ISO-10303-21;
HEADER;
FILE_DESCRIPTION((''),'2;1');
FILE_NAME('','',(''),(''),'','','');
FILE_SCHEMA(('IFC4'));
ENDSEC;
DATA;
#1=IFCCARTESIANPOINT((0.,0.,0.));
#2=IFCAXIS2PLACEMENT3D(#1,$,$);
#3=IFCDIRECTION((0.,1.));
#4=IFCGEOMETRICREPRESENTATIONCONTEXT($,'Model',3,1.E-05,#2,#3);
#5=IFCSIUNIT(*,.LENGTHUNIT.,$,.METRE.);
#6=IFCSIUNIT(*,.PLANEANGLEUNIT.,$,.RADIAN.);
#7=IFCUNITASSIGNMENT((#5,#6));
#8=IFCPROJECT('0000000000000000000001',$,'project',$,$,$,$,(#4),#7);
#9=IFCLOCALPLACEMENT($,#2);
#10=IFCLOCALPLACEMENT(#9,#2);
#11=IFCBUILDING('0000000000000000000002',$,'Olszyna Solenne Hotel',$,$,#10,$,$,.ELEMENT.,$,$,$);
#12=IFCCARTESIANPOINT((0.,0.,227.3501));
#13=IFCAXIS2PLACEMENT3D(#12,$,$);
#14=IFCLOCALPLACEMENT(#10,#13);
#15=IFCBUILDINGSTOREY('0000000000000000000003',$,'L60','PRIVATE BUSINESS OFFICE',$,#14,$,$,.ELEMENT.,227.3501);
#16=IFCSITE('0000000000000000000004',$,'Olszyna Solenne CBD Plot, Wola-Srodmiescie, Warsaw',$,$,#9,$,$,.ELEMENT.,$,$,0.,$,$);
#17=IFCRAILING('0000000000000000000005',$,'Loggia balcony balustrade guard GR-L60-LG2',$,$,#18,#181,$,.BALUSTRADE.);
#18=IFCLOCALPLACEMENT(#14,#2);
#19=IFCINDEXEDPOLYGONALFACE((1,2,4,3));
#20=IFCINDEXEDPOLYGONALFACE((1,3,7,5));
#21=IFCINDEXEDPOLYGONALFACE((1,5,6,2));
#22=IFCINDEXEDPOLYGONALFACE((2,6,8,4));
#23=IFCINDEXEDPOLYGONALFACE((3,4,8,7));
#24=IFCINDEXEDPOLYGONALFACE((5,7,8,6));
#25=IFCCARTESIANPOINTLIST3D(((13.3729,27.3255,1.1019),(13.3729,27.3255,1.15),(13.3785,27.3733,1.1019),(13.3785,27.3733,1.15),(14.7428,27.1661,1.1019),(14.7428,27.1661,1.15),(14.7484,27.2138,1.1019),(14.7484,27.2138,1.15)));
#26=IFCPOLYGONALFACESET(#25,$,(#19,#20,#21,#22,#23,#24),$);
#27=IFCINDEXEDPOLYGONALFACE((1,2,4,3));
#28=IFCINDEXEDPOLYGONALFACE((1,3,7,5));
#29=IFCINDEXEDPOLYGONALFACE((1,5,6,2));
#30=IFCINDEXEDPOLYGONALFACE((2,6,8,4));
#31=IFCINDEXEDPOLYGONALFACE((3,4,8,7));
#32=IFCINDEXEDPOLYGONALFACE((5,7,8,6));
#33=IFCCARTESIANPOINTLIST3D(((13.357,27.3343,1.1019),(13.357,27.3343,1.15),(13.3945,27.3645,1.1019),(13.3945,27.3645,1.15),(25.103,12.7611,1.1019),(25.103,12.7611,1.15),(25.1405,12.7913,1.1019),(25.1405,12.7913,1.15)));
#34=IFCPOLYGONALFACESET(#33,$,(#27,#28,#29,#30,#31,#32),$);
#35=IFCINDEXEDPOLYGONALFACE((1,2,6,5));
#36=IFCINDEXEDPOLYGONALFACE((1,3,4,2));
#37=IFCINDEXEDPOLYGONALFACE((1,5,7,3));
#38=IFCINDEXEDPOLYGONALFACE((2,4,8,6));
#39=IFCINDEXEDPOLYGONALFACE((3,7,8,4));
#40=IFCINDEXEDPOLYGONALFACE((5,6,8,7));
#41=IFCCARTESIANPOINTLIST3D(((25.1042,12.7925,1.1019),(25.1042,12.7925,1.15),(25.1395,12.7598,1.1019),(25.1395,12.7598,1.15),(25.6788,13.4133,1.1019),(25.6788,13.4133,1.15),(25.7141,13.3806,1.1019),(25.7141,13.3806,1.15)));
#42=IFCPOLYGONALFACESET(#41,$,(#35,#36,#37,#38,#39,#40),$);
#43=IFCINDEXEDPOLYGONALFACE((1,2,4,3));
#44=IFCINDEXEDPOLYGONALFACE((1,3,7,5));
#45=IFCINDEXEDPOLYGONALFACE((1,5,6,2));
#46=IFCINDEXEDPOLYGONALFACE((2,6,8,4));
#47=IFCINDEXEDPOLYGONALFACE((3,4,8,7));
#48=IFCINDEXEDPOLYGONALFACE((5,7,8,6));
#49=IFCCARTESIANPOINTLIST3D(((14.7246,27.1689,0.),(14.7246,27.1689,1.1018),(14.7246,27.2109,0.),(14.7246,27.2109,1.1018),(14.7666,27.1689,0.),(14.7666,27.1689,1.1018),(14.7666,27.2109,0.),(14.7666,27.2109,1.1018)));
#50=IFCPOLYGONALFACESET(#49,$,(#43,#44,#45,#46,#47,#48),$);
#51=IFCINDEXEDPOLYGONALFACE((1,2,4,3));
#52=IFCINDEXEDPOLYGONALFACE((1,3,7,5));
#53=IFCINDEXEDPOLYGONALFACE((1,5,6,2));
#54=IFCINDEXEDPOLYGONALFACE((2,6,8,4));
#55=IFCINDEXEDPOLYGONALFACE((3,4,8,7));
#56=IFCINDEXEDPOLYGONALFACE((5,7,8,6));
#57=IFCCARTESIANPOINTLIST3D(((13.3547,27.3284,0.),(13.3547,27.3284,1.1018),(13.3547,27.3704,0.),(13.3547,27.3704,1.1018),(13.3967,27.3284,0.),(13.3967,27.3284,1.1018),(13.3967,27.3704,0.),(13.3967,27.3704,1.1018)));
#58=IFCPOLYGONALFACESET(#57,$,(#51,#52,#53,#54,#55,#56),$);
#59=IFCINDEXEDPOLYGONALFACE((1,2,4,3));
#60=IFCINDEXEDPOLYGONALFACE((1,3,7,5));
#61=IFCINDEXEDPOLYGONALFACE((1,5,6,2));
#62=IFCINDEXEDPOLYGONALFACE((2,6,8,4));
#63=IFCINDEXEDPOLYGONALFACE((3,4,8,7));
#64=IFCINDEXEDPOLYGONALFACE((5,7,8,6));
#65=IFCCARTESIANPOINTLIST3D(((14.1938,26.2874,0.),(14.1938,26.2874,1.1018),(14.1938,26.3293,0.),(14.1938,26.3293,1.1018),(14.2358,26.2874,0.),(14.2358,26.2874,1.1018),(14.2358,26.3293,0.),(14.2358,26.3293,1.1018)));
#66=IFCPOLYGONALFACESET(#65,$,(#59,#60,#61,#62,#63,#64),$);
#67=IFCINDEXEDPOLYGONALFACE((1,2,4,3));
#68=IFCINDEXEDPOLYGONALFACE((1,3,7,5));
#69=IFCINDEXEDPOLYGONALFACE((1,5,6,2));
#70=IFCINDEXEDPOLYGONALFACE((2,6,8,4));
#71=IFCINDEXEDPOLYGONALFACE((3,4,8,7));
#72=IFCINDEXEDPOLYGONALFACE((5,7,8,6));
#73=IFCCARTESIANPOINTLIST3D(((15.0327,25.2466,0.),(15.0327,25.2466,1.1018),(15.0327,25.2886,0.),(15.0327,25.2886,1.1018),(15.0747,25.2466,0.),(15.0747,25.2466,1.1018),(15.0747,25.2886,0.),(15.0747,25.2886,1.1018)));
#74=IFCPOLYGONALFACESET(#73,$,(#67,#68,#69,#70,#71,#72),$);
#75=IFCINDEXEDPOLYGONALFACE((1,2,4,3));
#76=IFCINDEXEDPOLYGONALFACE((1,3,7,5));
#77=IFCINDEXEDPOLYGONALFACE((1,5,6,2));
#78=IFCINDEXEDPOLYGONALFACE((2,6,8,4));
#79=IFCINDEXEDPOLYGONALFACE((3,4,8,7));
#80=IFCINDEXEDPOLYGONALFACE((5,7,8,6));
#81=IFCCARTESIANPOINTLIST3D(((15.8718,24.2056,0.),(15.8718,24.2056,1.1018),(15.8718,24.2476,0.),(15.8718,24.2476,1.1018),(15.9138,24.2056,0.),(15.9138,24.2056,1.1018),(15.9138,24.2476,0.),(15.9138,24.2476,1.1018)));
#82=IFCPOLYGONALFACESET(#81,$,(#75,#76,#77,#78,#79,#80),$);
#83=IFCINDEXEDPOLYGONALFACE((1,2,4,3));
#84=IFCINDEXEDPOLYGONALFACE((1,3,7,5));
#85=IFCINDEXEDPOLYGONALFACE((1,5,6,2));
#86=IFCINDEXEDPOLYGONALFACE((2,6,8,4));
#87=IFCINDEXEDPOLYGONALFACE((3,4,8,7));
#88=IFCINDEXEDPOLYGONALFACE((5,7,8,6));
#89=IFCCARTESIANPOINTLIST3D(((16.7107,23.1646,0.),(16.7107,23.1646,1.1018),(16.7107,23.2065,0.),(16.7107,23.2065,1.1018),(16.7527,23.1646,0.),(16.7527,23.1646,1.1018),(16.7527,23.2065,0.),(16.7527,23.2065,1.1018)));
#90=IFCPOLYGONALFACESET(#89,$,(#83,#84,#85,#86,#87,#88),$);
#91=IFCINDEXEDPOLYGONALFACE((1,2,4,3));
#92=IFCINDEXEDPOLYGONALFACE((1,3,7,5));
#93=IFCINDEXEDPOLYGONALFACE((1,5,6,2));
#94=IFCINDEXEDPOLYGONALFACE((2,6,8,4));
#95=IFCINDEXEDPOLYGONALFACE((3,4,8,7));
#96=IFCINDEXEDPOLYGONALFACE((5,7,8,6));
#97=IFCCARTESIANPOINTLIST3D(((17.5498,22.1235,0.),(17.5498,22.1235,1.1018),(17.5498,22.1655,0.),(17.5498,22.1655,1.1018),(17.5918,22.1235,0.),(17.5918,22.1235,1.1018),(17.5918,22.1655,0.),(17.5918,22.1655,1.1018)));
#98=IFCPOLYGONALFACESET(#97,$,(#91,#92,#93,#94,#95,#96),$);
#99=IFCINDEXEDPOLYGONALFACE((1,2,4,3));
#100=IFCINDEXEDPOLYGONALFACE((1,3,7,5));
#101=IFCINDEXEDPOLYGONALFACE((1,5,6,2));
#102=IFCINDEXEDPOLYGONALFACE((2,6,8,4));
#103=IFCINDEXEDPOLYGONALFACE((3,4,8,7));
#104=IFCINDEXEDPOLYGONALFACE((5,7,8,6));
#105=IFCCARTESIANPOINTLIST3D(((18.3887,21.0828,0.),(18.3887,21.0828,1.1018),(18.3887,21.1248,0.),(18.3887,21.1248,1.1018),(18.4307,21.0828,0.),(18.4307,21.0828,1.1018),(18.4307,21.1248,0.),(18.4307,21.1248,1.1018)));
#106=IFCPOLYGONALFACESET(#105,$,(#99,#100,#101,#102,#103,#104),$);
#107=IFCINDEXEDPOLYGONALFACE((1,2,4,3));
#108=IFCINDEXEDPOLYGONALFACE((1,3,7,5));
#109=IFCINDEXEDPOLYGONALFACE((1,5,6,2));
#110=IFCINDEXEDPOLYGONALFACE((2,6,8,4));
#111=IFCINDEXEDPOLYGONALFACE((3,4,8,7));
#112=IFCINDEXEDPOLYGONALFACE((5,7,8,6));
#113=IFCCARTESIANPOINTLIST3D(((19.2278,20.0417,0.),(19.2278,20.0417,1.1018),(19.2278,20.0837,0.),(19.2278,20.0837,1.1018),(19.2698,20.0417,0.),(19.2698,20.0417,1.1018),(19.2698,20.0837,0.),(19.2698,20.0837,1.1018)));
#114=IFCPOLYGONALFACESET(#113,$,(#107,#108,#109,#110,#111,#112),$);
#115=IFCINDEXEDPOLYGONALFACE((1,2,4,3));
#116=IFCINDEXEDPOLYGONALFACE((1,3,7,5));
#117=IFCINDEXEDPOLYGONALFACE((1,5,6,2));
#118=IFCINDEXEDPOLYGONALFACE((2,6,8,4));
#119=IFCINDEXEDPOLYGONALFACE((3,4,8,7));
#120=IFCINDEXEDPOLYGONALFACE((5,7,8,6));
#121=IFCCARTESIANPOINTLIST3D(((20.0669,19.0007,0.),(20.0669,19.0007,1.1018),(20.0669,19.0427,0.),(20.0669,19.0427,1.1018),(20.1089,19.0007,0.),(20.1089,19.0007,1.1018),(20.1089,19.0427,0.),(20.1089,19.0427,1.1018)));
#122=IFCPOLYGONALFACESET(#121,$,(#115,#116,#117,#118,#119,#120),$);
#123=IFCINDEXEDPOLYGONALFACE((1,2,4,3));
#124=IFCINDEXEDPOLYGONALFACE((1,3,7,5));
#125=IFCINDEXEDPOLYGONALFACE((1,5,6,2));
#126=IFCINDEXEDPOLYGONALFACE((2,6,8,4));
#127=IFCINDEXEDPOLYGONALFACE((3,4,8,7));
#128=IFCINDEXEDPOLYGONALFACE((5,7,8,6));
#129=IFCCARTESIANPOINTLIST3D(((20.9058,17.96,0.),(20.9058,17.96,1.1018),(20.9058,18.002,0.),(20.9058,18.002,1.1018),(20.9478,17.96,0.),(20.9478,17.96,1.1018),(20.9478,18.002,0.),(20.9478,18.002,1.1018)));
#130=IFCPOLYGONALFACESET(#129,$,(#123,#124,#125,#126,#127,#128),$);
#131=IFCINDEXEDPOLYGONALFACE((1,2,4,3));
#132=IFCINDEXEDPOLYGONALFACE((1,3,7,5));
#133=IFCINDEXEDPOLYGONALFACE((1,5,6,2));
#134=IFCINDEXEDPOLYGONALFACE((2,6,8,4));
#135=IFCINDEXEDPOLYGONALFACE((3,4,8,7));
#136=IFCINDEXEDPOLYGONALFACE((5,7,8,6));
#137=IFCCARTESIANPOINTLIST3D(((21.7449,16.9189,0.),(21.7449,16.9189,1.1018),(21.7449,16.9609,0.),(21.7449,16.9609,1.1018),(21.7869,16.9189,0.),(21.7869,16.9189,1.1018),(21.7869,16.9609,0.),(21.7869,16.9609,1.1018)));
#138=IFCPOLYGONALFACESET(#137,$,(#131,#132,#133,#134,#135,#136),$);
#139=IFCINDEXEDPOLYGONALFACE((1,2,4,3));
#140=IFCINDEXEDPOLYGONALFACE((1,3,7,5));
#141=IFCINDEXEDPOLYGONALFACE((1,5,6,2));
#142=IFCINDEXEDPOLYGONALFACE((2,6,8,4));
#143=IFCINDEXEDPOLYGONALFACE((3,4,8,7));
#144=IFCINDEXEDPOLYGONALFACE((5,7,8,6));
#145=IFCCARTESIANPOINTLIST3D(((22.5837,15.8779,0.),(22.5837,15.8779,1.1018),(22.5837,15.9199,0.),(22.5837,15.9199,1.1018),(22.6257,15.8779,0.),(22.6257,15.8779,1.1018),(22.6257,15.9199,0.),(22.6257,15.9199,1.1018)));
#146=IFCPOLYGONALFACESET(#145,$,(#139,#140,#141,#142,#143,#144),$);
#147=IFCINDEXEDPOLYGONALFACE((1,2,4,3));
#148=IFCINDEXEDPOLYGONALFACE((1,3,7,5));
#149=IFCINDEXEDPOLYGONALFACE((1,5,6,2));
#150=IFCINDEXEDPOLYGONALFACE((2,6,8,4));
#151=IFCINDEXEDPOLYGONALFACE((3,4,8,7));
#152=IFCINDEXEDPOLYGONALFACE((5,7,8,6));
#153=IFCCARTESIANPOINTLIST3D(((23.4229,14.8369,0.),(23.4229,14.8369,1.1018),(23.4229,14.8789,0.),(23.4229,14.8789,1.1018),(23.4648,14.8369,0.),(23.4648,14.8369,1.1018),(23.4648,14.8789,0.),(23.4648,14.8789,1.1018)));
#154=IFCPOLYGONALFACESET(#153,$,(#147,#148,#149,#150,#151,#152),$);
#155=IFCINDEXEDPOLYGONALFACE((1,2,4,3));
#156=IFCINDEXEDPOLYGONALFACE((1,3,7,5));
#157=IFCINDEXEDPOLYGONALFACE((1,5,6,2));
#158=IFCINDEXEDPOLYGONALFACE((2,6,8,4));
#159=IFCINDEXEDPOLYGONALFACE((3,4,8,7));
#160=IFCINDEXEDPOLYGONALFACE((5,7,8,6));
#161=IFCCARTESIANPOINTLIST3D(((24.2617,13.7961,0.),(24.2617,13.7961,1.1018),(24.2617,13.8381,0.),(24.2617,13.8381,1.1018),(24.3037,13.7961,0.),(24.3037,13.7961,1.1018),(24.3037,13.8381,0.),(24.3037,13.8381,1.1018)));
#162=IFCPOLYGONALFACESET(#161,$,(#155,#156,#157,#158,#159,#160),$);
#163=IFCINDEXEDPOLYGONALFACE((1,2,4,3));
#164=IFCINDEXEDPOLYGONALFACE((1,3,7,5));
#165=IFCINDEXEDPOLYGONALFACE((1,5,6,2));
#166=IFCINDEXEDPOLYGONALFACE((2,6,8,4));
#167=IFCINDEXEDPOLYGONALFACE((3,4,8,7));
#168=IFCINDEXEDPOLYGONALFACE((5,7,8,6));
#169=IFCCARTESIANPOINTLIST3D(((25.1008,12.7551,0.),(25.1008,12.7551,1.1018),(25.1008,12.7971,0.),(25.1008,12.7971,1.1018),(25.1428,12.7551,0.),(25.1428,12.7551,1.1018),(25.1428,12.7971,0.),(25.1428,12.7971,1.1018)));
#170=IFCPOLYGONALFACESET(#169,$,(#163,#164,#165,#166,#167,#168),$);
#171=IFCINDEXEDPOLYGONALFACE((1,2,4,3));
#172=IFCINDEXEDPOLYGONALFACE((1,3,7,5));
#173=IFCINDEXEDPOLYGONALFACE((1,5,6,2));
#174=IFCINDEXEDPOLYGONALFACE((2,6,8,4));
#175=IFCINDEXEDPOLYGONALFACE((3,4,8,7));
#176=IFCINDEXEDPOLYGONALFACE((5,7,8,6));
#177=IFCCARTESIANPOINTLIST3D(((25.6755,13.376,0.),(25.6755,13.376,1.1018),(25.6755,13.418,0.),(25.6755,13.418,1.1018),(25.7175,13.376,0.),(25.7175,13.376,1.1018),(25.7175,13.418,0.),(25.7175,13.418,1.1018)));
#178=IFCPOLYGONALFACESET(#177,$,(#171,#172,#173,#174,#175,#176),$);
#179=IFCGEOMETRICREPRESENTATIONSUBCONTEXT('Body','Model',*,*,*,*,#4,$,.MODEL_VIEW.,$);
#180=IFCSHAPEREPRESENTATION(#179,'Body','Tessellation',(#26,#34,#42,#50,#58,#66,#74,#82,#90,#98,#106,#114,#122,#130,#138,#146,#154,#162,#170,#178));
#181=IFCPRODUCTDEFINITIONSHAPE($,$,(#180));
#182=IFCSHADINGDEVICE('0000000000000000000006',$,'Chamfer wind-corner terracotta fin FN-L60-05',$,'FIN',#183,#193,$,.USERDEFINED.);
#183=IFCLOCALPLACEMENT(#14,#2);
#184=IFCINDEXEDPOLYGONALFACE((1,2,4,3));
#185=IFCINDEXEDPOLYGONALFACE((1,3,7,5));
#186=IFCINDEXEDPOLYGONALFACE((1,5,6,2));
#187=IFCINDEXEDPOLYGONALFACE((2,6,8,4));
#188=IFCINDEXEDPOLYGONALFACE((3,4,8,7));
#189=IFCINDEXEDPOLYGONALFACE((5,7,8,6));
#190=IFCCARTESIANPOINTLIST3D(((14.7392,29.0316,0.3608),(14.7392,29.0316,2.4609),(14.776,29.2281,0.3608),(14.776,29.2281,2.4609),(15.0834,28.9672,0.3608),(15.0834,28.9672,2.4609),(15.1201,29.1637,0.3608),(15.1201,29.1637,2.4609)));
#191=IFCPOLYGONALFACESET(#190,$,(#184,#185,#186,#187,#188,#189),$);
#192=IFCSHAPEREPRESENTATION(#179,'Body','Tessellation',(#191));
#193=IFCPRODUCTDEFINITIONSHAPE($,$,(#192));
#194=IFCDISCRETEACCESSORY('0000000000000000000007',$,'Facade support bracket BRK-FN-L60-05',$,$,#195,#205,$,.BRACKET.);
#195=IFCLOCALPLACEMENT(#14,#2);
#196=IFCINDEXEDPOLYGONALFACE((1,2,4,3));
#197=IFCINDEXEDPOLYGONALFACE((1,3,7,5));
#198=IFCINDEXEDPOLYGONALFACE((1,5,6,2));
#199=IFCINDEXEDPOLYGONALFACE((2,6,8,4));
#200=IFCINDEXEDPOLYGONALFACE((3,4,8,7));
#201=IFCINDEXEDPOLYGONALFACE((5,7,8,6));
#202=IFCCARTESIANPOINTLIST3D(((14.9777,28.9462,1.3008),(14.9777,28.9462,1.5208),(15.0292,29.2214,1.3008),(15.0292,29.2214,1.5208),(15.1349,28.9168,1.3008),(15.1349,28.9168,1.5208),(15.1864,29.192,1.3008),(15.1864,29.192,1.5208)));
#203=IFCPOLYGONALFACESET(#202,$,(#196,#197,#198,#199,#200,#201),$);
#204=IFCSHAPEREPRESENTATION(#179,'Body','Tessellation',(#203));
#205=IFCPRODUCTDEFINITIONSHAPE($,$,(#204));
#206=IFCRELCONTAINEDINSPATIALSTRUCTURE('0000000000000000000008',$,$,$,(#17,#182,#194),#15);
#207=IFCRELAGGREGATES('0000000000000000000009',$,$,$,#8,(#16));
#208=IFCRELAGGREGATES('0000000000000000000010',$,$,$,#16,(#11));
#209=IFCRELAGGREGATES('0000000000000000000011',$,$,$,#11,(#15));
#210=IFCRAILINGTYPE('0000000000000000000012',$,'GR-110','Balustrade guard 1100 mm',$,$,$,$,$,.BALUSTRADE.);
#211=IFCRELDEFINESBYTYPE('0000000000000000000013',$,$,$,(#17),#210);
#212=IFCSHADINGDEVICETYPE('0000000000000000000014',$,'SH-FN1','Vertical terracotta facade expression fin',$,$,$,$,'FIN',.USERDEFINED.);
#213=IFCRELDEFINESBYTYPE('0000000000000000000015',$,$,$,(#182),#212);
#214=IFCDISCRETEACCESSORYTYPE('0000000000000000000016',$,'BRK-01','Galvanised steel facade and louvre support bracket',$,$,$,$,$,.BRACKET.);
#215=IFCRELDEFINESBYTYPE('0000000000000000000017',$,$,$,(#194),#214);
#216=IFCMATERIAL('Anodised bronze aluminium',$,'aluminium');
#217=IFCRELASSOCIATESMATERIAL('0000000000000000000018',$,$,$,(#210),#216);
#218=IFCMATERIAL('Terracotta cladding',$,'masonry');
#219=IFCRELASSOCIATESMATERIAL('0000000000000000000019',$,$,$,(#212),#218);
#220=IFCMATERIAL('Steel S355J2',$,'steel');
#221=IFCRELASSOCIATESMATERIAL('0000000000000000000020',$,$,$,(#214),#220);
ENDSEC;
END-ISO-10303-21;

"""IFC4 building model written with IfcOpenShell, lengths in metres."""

from ifc_helpers import new_model, si_unit, direction, frame, origin, origin_2d, place, context, subcontext, project, spatial, rectangle, extrude, source, transform, mapped, material, type_object, element, save


model = new_model("IFC4")

# Units and contexts
model_context = context("Model", 3, precision=1e-05, world=origin(), true_north=direction((0.0, 1.0)))
body_context = subcontext(model_context, "Body", "Model", "MODEL_VIEW")
ifc_project = project(units=[si_unit("LENGTHUNIT", "METRE"), si_unit("PLANEANGLEUNIT", "RADIAN")], contexts=[model_context])

# Site, building, storey
site_placement = place(None, origin())
site = spatial("IfcSite", under=ifc_project, at=site_placement, Name="Olszyna Solenne CBD Plot, Wola-Srodmiescie, Warsaw", CompositionType="ELEMENT", RefElevation=0.0)
building_placement = place(site_placement, origin())
building = spatial("IfcBuilding", under=site, at=building_placement, Name="Olszyna Solenne Hotel", CompositionType="ELEMENT")
storey_placement = place(building_placement, frame((0.0, 0.0, 227.3501)))
storey = spatial("IfcBuildingStorey", under=building, at=storey_placement, Name="L60", Description="PRIVATE BUSINESS OFFICE", CompositionType="ELEMENT", Elevation=227.3501)

# Shared definitions
ifc_material_1 = material(Name="Steel S355J2", Category="steel")

# Railing
ifc_material_2 = material(Name="Anodised bronze aluminium", Category="aluminium")
railing_type = type_object("IfcRailingType", Name="GR-110", Description="Balustrade guard 1100 mm", PredefinedType="BALUSTRADE", material=ifc_material_2)
railing_placement = place(storey_placement, frame((14.7456, 27.1899, 0.0)))
element("IfcRailing", 1, at=railing_placement, inside=storey, type_object=railing_type, Name="Loggia balcony balustrade guard GR-L60-LG2", PredefinedType="BALUSTRADE", context=body_context, shape_type="SweptSolid", body=[
    extrude(rectangle(XDim=0.0481, YDim=0.0481, at=origin_2d()), frame((0.0, 0.0, 1.126), z_axis=(-0.993296, 0.115598, 0.0), x_axis=(-0.115598, -0.993296, 0.0)), (0.0, 0.0, 1.0), 1.3792),
    extrude(rectangle(XDim=0.0481, YDim=0.0481, at=origin_2d()), frame((-1.3699, 0.1594, 1.126), z_axis=(0.627541, -0.778583, 0.0), x_axis=(0.778583, 0.627541, 0.0)), (0.0, 0.0, 1.0), 18.7175),
    extrude(rectangle(XDim=0.0481, YDim=0.0481, at=origin_2d()), frame((10.3762, -14.4138, 1.126), z_axis=(0.67931, 0.733851, 0.0), x_axis=(-0.733851, 0.67931, 0.0)), (0.0, 0.0, 1.0), 0.8459),
    extrude(rectangle(XDim=0.042, YDim=0.042, at=origin_2d()), origin(), (0.0, 0.0, 1.0), 1.1018),
    extrude(rectangle(XDim=0.042, YDim=0.042, at=origin_2d()), frame((-1.3699, 0.1594, 0.0)), (0.0, 0.0, 1.0), 1.1018),
    extrude(rectangle(XDim=0.042, YDim=0.042, at=origin_2d()), frame((-0.5308, -0.8816, 0.0)), (0.0, 0.0, 1.0), 1.1018),
    extrude(rectangle(XDim=0.042, YDim=0.042, at=origin_2d()), frame((0.3081, -1.9224, 0.0)), (0.0, 0.0, 1.0), 1.1018),
    extrude(rectangle(XDim=0.042, YDim=0.042, at=origin_2d()), frame((1.1472, -2.9634, 0.0)), (0.0, 0.0, 1.0), 1.1018),
    extrude(rectangle(XDim=0.042, YDim=0.042, at=origin_2d()), frame((1.9861, -4.0044, 0.0)), (0.0, 0.0, 1.0), 1.1018),
    extrude(rectangle(XDim=0.042, YDim=0.042, at=origin_2d()), frame((2.8252, -5.0454, 0.0)), (0.0, 0.0, 1.0), 1.1018),
    extrude(rectangle(XDim=0.042, YDim=0.042, at=origin_2d()), frame((3.6641, -6.0862, 0.0)), (0.0, 0.0, 1.0), 1.1018),
    extrude(rectangle(XDim=0.042, YDim=0.042, at=origin_2d()), frame((4.5032, -7.1272, 0.0)), (0.0, 0.0, 1.0), 1.1018),
    extrude(rectangle(XDim=0.042, YDim=0.042, at=origin_2d()), frame((5.3423, -8.1682, 0.0)), (0.0, 0.0, 1.0), 1.1018),
    extrude(rectangle(XDim=0.042, YDim=0.042, at=origin_2d()), frame((6.1812, -9.209, 0.0)), (0.0, 0.0, 1.0), 1.1018),
    extrude(rectangle(XDim=0.042, YDim=0.042, at=origin_2d()), frame((7.0203, -10.25, 0.0)), (0.0, 0.0, 1.0), 1.1018),
    extrude(rectangle(XDim=0.042, YDim=0.042, at=origin_2d()), frame((7.8591, -11.291, 0.0)), (0.0, 0.0, 1.0), 1.1018),
    extrude(rectangle(XDim=0.042, YDim=0.042, at=origin_2d()), frame((8.6982, -12.332, 0.0)), (0.0, 0.0, 1.0), 1.1018),
    extrude(rectangle(XDim=0.042, YDim=0.042, at=origin_2d()), frame((9.5371, -13.3728, 0.0)), (0.0, 0.0, 1.0), 1.1018),
    extrude(rectangle(XDim=0.042, YDim=0.042, at=origin_2d()), frame((10.3762, -14.4138, 0.0)), (0.0, 0.0, 1.0), 1.1018),
    extrude(rectangle(XDim=0.042, YDim=0.042, at=origin_2d()), frame((10.9509, -13.793, 0.0)), (0.0, 0.0, 1.0), 1.1018),
])

# Shading device
ifc_material_3 = material(Name="Terracotta cladding", Category="masonry")
shading_device_type = type_object("IfcShadingDeviceType", Name="SH-FN1", Description="Vertical terracotta facade expression fin", ElementType="FIN", PredefinedType="USERDEFINED", material=ifc_material_3)
shared_shape_1 = source(origin(), body_context, "Body", "SweptSolid", [
    extrude(rectangle(XDim=0.2, YDim=0.3501, at=origin_2d()), origin(), (0.0, 0.0, 1.0), 2.1001),
])
shading_device_placement = place(storey_placement, frame((14.9297, 29.0977, 0.3608), z_axis=(0.0, 0.0, 1.0), x_axis=(0.183951, 0.982935, 0.0)))
element("IfcShadingDevice", 2, at=shading_device_placement, inside=storey, type_object=shading_device_type, Name="Chamfer wind-corner terracotta fin FN-L60-05", ObjectType="FIN", PredefinedType="USERDEFINED", context=body_context, shape_type="MappedRepresentation", body=[
    mapped(shared_shape_1, transform((0.0, 0.0, 0.0), x_axis=(1.0, 0.0, 0.0), y_axis=(0.0, 1.0, 0.0), z_axis=(0.0, 0.0, 1.0), scale=1.0)),
])

# Discrete accessory
discrete_accessory_type = type_object("IfcDiscreteAccessoryType", Name="BRK-01", Description="Galvanised steel facade and louvre support bracket", PredefinedType="BRACKET", material=ifc_material_1)
shared_shape_2 = source(origin(), body_context, "Body", "SweptSolid", [
    extrude(rectangle(XDim=0.28, YDim=0.1599, at=origin_2d()), origin(), (0.0, 0.0, 1.0), 0.22),
])
discrete_accessory_placement = place(storey_placement, frame((15.082, 29.0691, 1.3008), z_axis=(0.0, 0.0, 1.0), x_axis=(0.183951, 0.982935, 0.0)))
element("IfcDiscreteAccessory", 3, at=discrete_accessory_placement, inside=storey, type_object=discrete_accessory_type, Name="Facade support bracket BRK-FN-L60-05", PredefinedType="BRACKET", context=body_context, shape_type="MappedRepresentation", body=[
    mapped(shared_shape_2, transform((0.0, 0.0, 0.0), x_axis=(1.0, 0.0, 0.0), y_axis=(0.0, 1.0, 0.0), z_axis=(0.0, 0.0, 1.0), scale=1.0)),
])

save(model, "model.ifc")
